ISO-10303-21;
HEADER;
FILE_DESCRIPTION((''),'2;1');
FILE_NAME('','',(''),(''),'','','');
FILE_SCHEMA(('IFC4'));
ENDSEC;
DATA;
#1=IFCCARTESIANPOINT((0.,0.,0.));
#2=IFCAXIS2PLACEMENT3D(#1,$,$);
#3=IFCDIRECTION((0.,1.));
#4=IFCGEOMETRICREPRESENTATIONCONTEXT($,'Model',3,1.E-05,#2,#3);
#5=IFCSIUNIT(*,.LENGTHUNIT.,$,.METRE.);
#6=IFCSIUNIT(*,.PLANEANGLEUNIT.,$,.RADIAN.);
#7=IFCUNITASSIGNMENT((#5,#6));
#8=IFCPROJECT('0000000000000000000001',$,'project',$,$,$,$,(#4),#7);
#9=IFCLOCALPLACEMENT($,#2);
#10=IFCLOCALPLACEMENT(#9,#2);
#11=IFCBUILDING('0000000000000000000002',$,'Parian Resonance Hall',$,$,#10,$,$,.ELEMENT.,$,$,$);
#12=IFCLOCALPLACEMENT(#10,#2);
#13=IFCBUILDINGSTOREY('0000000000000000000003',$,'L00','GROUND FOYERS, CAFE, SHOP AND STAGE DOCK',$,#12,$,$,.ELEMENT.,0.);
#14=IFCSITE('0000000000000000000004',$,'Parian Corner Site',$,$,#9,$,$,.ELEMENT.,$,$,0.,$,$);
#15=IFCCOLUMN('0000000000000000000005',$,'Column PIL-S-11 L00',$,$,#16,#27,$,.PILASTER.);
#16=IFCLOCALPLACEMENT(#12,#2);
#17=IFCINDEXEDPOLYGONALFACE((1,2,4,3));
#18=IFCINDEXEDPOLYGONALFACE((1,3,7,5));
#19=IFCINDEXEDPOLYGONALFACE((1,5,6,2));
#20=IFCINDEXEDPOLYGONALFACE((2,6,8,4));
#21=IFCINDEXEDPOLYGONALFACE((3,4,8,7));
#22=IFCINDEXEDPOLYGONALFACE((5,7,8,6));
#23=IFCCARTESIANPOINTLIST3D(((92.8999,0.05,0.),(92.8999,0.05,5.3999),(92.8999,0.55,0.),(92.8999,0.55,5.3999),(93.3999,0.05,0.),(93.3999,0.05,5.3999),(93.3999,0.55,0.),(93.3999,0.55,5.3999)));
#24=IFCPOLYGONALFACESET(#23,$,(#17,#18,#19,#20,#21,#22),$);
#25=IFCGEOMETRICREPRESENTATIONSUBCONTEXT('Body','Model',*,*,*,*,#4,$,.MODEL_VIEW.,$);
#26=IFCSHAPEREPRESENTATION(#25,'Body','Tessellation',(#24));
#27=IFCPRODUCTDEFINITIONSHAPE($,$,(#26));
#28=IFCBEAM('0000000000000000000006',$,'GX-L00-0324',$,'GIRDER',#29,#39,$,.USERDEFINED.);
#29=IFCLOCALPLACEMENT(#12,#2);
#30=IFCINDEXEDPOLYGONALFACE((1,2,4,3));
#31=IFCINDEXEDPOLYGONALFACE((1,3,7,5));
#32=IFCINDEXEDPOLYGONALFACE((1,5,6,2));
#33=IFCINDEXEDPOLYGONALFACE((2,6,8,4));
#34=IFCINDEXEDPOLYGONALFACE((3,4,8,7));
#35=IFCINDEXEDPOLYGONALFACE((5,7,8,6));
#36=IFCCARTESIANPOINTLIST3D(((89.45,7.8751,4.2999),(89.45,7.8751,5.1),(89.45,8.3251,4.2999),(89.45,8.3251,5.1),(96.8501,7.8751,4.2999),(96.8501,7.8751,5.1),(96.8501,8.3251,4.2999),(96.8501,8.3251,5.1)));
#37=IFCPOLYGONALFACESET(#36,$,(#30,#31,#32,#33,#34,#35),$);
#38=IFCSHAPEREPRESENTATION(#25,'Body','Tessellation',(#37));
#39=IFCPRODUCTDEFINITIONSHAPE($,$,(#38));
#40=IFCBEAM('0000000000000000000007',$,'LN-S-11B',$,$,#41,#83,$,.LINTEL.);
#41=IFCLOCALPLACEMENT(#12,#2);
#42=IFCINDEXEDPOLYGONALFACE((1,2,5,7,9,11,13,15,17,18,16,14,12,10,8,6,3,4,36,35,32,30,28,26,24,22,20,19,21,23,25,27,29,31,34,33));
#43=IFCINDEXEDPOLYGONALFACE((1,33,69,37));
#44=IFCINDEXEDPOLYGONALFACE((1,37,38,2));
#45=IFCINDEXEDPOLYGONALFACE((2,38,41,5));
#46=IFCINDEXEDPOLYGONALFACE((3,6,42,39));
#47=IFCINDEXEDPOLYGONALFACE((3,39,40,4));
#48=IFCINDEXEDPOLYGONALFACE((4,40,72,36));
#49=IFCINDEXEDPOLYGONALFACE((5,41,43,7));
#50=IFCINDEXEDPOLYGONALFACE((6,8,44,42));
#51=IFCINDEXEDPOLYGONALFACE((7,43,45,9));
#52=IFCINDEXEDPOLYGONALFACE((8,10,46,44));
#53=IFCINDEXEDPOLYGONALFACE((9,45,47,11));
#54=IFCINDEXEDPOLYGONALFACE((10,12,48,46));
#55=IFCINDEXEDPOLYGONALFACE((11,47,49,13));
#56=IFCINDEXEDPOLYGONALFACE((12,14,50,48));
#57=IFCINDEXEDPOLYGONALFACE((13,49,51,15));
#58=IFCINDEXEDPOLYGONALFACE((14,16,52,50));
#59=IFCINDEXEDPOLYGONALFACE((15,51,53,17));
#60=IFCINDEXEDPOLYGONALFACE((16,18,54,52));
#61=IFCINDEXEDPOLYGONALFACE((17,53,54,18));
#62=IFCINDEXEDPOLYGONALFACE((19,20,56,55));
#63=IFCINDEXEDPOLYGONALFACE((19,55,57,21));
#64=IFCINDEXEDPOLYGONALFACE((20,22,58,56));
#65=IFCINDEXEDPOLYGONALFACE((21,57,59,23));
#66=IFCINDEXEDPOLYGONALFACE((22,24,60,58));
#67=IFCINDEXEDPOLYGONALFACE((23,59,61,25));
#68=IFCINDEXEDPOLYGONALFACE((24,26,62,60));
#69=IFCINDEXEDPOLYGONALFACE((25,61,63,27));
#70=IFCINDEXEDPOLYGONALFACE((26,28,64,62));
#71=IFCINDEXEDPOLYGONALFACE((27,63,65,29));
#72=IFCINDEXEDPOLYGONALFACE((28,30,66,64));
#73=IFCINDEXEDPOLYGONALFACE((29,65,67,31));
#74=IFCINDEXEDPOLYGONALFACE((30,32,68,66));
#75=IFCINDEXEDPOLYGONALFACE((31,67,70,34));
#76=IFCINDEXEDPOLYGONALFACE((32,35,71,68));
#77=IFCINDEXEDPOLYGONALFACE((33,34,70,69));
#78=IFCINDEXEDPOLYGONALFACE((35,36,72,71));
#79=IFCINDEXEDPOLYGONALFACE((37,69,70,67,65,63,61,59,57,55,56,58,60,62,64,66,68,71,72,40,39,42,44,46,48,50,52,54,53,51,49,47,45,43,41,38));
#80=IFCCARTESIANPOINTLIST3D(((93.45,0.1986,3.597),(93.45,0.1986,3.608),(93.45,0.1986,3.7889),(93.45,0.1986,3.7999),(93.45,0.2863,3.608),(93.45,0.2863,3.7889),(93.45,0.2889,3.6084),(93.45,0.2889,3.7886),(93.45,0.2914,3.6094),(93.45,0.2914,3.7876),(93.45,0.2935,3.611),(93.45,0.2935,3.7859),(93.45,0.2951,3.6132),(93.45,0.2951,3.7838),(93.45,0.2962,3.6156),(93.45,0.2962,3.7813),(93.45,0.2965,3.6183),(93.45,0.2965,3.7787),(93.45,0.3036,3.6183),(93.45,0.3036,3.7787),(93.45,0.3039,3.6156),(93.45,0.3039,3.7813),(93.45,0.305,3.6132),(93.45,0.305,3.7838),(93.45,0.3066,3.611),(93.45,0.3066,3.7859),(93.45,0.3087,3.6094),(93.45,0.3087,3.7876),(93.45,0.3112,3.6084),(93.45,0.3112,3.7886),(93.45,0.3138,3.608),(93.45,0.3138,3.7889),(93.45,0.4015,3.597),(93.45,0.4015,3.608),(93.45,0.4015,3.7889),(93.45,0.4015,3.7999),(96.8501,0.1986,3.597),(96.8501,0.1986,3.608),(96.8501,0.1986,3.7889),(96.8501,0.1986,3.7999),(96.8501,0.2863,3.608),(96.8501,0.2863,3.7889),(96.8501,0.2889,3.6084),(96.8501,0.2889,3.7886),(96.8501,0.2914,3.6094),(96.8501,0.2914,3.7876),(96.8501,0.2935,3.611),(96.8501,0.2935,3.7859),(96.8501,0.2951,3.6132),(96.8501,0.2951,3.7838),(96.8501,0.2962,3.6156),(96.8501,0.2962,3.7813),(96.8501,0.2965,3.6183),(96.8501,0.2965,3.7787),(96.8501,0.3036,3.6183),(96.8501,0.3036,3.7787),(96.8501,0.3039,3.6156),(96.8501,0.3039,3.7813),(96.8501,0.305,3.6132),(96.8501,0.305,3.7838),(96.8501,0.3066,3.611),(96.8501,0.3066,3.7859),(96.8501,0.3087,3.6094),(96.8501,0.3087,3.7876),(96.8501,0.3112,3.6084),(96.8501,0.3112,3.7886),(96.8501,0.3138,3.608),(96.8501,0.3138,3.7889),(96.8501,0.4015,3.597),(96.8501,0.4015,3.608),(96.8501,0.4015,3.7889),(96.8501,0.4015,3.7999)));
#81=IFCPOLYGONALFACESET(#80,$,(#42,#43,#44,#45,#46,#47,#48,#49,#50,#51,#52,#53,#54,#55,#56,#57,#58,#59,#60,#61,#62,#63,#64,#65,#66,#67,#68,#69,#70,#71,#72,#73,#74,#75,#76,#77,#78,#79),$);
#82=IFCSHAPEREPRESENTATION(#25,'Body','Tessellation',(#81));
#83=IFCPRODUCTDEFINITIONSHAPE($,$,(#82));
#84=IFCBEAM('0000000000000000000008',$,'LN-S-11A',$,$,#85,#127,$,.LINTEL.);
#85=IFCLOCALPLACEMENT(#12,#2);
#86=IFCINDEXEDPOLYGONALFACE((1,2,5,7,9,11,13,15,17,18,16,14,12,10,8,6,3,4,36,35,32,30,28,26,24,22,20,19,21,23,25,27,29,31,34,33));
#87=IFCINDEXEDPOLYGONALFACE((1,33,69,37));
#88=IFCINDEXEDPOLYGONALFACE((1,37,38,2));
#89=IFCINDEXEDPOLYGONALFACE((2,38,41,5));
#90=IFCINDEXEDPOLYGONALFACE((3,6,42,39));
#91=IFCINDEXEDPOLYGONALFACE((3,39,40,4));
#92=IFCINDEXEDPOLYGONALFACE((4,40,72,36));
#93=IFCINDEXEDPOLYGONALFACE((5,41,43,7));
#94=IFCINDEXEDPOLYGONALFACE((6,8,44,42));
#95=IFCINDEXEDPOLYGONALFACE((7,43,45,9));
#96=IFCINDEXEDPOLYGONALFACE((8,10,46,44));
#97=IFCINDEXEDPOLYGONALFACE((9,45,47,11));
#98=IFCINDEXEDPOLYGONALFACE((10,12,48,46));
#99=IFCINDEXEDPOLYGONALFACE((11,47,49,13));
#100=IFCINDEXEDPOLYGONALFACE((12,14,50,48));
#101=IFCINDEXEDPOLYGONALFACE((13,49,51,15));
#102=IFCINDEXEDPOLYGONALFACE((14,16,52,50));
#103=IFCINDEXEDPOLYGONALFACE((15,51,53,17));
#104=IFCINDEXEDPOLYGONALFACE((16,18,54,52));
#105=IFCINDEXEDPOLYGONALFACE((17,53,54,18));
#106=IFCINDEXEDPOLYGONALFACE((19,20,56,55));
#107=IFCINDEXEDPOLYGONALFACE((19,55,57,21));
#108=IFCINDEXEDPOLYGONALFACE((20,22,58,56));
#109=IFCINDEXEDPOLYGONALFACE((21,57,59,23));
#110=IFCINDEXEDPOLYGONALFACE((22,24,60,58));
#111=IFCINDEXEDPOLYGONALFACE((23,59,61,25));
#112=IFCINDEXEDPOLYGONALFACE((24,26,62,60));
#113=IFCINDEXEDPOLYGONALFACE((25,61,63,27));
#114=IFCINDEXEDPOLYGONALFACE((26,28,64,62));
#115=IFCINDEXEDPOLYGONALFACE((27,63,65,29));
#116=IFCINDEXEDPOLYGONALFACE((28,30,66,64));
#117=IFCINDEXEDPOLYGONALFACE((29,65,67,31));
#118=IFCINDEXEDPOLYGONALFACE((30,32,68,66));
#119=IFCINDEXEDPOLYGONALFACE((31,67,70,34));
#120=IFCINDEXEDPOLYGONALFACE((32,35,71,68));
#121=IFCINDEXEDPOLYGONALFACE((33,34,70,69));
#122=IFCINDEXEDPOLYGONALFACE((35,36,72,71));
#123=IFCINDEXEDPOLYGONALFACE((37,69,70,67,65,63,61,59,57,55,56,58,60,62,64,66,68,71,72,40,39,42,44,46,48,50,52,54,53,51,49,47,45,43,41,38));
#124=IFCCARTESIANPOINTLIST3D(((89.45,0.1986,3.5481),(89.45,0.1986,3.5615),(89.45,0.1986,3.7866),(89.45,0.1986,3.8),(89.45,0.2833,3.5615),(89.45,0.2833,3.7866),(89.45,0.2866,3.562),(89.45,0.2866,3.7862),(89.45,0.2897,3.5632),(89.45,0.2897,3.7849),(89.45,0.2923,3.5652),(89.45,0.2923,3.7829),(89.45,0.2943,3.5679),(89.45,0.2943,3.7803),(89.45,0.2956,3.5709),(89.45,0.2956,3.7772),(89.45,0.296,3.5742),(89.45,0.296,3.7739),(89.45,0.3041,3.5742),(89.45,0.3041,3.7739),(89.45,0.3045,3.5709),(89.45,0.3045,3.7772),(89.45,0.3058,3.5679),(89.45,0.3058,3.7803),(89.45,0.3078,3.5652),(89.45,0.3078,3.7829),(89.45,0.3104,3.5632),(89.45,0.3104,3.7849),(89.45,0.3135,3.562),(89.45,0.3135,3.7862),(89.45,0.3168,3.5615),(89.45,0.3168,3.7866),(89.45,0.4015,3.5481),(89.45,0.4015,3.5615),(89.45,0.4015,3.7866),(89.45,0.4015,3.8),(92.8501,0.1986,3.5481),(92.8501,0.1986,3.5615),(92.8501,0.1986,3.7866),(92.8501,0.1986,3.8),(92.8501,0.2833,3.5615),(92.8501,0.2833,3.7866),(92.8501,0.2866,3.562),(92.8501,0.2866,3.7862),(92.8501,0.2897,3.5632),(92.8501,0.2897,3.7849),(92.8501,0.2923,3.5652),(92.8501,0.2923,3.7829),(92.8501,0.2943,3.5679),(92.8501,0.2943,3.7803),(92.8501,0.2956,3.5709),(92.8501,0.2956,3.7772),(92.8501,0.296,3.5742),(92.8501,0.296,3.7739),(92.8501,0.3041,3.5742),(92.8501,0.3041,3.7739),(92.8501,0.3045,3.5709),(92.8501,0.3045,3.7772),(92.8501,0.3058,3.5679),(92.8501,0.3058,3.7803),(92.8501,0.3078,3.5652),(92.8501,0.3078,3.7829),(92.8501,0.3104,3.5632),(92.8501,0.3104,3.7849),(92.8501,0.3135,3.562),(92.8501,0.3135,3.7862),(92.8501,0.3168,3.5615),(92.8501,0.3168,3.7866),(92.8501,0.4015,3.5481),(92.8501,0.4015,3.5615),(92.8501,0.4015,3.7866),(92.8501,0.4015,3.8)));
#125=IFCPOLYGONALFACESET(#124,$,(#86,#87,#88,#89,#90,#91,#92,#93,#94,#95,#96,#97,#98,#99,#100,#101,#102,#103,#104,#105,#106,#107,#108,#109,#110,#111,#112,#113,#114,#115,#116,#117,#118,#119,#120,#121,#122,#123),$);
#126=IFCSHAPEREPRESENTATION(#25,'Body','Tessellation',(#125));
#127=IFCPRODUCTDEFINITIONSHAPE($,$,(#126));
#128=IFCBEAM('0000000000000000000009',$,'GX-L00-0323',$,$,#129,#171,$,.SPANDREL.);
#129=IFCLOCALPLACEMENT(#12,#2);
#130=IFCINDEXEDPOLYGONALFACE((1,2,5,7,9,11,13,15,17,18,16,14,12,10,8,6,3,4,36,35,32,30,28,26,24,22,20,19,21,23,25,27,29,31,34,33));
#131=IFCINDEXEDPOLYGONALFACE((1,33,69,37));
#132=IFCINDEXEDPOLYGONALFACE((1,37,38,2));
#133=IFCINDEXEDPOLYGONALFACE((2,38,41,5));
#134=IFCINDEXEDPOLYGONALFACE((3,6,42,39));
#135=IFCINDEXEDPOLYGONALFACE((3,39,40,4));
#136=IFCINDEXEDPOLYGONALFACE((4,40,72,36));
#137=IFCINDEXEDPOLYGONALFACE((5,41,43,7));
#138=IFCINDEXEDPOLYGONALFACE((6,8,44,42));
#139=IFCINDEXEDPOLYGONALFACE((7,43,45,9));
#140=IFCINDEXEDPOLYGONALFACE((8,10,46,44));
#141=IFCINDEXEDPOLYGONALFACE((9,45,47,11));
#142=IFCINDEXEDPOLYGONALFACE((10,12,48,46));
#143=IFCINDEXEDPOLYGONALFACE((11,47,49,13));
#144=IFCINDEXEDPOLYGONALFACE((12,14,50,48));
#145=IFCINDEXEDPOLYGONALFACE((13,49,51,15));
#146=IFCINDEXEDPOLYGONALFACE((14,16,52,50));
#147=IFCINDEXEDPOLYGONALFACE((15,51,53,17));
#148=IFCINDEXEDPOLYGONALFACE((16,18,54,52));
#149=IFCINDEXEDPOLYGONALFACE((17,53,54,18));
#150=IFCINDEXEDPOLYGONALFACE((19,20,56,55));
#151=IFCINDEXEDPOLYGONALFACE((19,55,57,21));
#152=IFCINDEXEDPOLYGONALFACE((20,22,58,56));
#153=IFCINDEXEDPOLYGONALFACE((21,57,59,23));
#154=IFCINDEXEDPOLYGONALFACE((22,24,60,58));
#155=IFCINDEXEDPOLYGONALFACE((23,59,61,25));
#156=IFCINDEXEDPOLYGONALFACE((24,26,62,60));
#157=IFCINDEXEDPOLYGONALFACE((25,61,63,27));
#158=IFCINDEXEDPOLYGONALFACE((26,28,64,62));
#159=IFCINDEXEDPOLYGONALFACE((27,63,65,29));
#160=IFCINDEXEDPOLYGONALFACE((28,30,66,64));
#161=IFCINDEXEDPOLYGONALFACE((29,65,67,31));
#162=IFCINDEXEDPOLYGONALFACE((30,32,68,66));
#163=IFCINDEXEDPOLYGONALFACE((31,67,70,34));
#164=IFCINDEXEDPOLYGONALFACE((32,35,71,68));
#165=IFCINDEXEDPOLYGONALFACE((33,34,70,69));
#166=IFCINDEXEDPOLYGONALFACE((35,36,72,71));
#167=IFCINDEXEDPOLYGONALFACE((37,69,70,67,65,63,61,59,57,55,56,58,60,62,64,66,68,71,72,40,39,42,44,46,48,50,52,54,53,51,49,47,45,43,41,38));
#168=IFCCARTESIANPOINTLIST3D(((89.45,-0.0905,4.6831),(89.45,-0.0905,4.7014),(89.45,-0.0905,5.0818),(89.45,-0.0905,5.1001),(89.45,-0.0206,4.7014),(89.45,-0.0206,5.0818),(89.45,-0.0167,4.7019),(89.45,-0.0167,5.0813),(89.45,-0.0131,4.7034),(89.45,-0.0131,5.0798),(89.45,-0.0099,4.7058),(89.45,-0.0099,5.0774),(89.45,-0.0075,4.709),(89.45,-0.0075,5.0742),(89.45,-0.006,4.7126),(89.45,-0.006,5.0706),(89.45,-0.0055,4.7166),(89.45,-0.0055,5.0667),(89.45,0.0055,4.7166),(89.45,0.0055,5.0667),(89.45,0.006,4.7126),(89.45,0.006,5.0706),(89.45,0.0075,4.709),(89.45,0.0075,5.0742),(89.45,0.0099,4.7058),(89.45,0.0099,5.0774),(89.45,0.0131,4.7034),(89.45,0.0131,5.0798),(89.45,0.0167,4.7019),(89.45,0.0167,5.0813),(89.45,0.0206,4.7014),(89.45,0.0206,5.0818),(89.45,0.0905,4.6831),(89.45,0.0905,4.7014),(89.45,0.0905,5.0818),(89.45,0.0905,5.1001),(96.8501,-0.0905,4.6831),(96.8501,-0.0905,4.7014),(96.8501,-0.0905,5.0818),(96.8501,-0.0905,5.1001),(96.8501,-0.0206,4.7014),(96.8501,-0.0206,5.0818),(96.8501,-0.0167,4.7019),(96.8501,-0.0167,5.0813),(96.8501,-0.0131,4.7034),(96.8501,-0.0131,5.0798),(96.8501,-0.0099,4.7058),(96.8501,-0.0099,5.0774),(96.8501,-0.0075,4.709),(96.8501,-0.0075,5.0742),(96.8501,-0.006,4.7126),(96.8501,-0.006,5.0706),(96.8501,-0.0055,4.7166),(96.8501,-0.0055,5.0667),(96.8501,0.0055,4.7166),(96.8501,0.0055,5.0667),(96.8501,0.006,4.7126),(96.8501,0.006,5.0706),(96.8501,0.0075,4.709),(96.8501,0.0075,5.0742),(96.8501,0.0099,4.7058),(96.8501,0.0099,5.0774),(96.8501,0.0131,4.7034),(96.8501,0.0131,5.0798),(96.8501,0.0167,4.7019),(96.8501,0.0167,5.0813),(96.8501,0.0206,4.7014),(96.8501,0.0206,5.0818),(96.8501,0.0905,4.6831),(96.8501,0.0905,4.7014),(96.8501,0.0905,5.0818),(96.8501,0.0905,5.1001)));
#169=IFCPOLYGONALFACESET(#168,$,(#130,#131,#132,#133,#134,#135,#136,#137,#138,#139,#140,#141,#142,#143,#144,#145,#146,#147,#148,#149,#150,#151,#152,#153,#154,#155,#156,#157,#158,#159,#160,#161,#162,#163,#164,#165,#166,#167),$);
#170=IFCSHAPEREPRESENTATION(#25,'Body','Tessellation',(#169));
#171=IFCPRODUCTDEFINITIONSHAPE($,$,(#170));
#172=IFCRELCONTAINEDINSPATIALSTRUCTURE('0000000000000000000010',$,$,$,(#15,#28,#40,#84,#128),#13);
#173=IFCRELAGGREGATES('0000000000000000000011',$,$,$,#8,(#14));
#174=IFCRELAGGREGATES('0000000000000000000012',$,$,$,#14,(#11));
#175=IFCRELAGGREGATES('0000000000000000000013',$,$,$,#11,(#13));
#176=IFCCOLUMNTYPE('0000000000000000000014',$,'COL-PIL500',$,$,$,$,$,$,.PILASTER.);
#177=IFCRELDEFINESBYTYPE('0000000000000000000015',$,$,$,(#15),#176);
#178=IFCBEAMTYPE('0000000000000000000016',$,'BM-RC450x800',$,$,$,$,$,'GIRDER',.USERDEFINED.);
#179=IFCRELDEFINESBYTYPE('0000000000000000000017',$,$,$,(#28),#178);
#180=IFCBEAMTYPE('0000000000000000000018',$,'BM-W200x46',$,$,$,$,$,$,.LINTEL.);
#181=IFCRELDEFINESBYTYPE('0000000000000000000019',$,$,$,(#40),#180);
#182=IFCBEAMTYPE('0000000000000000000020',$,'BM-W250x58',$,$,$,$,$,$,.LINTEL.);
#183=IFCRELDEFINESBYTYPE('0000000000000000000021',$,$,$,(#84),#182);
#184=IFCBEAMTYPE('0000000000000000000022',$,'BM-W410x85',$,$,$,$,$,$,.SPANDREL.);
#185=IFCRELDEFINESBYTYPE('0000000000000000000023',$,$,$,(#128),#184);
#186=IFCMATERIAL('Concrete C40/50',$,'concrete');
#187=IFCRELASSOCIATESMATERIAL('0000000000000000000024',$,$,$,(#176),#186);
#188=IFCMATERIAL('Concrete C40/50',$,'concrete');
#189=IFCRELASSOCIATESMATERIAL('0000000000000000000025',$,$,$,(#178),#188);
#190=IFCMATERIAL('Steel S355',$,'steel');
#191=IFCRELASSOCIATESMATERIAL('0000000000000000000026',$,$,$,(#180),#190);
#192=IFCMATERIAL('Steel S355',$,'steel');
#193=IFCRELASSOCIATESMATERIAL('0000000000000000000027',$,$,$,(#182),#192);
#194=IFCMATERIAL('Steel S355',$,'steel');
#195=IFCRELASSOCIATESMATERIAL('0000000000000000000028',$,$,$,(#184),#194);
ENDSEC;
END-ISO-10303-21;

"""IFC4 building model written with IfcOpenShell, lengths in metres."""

from ifc_helpers import new_model, si_unit, direction, frame, origin, origin_2d, place, context, subcontext, project, spatial, rectangle, i_section, extrude, material, material_profile, profile_set, type_object, element, save


model = new_model("IFC4")

# Units and contexts
model_context = context("Model", 3, precision=1e-05, world=origin(), true_north=direction((0.0, 1.0)))
body_context = subcontext(model_context, "Body", "Model", "MODEL_VIEW")
ifc_project = project(units=[si_unit("LENGTHUNIT", "METRE"), si_unit("PLANEANGLEUNIT", "RADIAN")], contexts=[model_context])

# Site, building, storey
site_placement = place(None, origin())
site = spatial("IfcSite", under=ifc_project, at=site_placement, Name="Parian Corner Site", CompositionType="ELEMENT", RefElevation=0.0)
building_placement = place(site_placement, origin())
building = spatial("IfcBuilding", under=site, at=building_placement, Name="Parian Resonance Hall", CompositionType="ELEMENT")
storey_placement = place(building_placement, origin())
storey = spatial("IfcBuildingStorey", under=building, at=storey_placement, Name="L00", Description="GROUND FOYERS, CAFE, SHOP AND STAGE DOCK", CompositionType="ELEMENT", Elevation=0.0)

# Column
ifc_material_1 = material(Name="Concrete C40/50", Category="concrete")
ifc_material_profile_1 = material_profile(ifc_material_1, rectangle(XDim=0.5, YDim=0.5, at=origin_2d()), Name="RC-COL-500x500")
ifc_profile_set_1 = profile_set([ifc_material_profile_1], Name="Concrete C40/50")
column_type = type_object("IfcColumnType", Name="COL-PIL500", PredefinedType="PILASTER", material=ifc_profile_set_1)
column_placement = place(storey_placement, frame((93.1499, 0.3, 0.0), z_axis=(0.0, 0.0, 1.0), x_axis=(1.0, 0.0, 0.0)))
element("IfcColumn", 1, at=column_placement, inside=storey, type_object=column_type, Name="Column PIL-S-11 L00", PredefinedType="PILASTER", context=body_context, shape_type="SweptSolid", body=[
    extrude(rectangle(XDim=0.5, YDim=0.5, at=origin_2d()), origin(), (0.0, 0.0, 1.0), 5.3999),
])

# Beams
ifc_material_2 = material(Name="Concrete C40/50", Category="concrete")
ifc_material_profile_2 = material_profile(ifc_material_2, rectangle(XDim=0.45, YDim=0.8, at=origin_2d()), Name="RC-BM-450x800")
ifc_profile_set_2 = profile_set([ifc_material_profile_2], Name="Concrete C40/50")
beam_type_1 = type_object("IfcBeamType", Name="BM-RC450x800", ElementType="GIRDER", PredefinedType="USERDEFINED", material=ifc_profile_set_2)
beam_1_placement = place(storey_placement, frame((89.45, 8.1001, 4.7), z_axis=(1.0, 0.0, 0.0), x_axis=(0.0, 1.0, 0.0)))
element("IfcBeam", 2, at=beam_1_placement, inside=storey, type_object=beam_type_1, Name="GX-L00-0324", ObjectType="GIRDER", PredefinedType="USERDEFINED", context=body_context, shape_type="SweptSolid", body=[
    extrude(rectangle(XDim=0.45, YDim=0.8, at=origin_2d()), origin(), (0.0, 0.0, 1.0), 7.4001),
])
ifc_material_3 = material(Name="Steel S355", Category="steel")
ifc_material_profile_3 = material_profile(ifc_material_3, i_section(OverallWidth=0.2029, OverallDepth=0.2029, WebThickness=0.0071, FlangeThickness=0.011, FilletRadius=0.0103, at=origin_2d()), Name="W200x46")
ifc_profile_set_3 = profile_set([ifc_material_profile_3], Name="Steel S355")
beam_type_2 = type_object("IfcBeamType", Name="BM-W200x46", PredefinedType="LINTEL", material=ifc_profile_set_3)
beam_2_placement = place(storey_placement, frame((93.45, 0.3, 3.6985), z_axis=(1.0, 0.0, 0.0), x_axis=(0.0, 1.0, 0.0)))
element("IfcBeam", 3, at=beam_2_placement, inside=storey, type_object=beam_type_2, Name="LN-S-11B", PredefinedType="LINTEL", context=body_context, shape_type="SweptSolid", body=[
    extrude(i_section(OverallWidth=0.2029, OverallDepth=0.2029, WebThickness=0.0071, FlangeThickness=0.011, FilletRadius=0.0103, at=origin_2d()), origin(), (0.0, 0.0, 1.0), 3.4001),
])
ifc_material_4 = material(Name="Steel S355", Category="steel")
ifc_material_profile_4 = material_profile(ifc_material_4, i_section(OverallWidth=0.2029, OverallDepth=0.252, WebThickness=0.0081, FlangeThickness=0.0134, FilletRadius=0.0127, at=origin_2d()), Name="W250x58")
ifc_profile_set_4 = profile_set([ifc_material_profile_4], Name="Steel S355")
beam_type_3 = type_object("IfcBeamType", Name="BM-W250x58", PredefinedType="LINTEL", material=ifc_profile_set_4)
beam_3_placement = place(storey_placement, frame((89.45, 0.3, 3.6741), z_axis=(1.0, 0.0, 0.0), x_axis=(0.0, 1.0, 0.0)))
element("IfcBeam", 4, at=beam_3_placement, inside=storey, type_object=beam_type_3, Name="LN-S-11A", PredefinedType="LINTEL", context=body_context, shape_type="SweptSolid", body=[
    extrude(i_section(OverallWidth=0.2029, OverallDepth=0.252, WebThickness=0.0081, FlangeThickness=0.0134, FilletRadius=0.0127, at=origin_2d()), origin(), (0.0, 0.0, 1.0), 3.4001),
])
ifc_material_5 = material(Name="Steel S355", Category="steel")
ifc_material_profile_5 = material_profile(ifc_material_5, i_section(OverallWidth=0.1809, OverallDepth=0.417, WebThickness=0.011, FlangeThickness=0.0183, FilletRadius=0.0151, at=origin_2d()), Name="W410x85")
ifc_profile_set_5 = profile_set([ifc_material_profile_5], Name="Steel S355")
beam_type_4 = type_object("IfcBeamType", Name="BM-W410x85", PredefinedType="SPANDREL", material=ifc_profile_set_5)
beam_4_placement = place(storey_placement, frame((89.45, 0.0, 4.8916), z_axis=(1.0, 0.0, 0.0), x_axis=(0.0, 1.0, 0.0)))
element("IfcBeam", 5, at=beam_4_placement, inside=storey, type_object=beam_type_4, Name="GX-L00-0323", PredefinedType="SPANDREL", context=body_context, shape_type="SweptSolid", body=[
    extrude(i_section(OverallWidth=0.1809, OverallDepth=0.417, WebThickness=0.011, FlangeThickness=0.0183, FilletRadius=0.0151, at=origin_2d()), origin(), (0.0, 0.0, 1.0), 7.4001),
])

save(model, "model.ifc")
